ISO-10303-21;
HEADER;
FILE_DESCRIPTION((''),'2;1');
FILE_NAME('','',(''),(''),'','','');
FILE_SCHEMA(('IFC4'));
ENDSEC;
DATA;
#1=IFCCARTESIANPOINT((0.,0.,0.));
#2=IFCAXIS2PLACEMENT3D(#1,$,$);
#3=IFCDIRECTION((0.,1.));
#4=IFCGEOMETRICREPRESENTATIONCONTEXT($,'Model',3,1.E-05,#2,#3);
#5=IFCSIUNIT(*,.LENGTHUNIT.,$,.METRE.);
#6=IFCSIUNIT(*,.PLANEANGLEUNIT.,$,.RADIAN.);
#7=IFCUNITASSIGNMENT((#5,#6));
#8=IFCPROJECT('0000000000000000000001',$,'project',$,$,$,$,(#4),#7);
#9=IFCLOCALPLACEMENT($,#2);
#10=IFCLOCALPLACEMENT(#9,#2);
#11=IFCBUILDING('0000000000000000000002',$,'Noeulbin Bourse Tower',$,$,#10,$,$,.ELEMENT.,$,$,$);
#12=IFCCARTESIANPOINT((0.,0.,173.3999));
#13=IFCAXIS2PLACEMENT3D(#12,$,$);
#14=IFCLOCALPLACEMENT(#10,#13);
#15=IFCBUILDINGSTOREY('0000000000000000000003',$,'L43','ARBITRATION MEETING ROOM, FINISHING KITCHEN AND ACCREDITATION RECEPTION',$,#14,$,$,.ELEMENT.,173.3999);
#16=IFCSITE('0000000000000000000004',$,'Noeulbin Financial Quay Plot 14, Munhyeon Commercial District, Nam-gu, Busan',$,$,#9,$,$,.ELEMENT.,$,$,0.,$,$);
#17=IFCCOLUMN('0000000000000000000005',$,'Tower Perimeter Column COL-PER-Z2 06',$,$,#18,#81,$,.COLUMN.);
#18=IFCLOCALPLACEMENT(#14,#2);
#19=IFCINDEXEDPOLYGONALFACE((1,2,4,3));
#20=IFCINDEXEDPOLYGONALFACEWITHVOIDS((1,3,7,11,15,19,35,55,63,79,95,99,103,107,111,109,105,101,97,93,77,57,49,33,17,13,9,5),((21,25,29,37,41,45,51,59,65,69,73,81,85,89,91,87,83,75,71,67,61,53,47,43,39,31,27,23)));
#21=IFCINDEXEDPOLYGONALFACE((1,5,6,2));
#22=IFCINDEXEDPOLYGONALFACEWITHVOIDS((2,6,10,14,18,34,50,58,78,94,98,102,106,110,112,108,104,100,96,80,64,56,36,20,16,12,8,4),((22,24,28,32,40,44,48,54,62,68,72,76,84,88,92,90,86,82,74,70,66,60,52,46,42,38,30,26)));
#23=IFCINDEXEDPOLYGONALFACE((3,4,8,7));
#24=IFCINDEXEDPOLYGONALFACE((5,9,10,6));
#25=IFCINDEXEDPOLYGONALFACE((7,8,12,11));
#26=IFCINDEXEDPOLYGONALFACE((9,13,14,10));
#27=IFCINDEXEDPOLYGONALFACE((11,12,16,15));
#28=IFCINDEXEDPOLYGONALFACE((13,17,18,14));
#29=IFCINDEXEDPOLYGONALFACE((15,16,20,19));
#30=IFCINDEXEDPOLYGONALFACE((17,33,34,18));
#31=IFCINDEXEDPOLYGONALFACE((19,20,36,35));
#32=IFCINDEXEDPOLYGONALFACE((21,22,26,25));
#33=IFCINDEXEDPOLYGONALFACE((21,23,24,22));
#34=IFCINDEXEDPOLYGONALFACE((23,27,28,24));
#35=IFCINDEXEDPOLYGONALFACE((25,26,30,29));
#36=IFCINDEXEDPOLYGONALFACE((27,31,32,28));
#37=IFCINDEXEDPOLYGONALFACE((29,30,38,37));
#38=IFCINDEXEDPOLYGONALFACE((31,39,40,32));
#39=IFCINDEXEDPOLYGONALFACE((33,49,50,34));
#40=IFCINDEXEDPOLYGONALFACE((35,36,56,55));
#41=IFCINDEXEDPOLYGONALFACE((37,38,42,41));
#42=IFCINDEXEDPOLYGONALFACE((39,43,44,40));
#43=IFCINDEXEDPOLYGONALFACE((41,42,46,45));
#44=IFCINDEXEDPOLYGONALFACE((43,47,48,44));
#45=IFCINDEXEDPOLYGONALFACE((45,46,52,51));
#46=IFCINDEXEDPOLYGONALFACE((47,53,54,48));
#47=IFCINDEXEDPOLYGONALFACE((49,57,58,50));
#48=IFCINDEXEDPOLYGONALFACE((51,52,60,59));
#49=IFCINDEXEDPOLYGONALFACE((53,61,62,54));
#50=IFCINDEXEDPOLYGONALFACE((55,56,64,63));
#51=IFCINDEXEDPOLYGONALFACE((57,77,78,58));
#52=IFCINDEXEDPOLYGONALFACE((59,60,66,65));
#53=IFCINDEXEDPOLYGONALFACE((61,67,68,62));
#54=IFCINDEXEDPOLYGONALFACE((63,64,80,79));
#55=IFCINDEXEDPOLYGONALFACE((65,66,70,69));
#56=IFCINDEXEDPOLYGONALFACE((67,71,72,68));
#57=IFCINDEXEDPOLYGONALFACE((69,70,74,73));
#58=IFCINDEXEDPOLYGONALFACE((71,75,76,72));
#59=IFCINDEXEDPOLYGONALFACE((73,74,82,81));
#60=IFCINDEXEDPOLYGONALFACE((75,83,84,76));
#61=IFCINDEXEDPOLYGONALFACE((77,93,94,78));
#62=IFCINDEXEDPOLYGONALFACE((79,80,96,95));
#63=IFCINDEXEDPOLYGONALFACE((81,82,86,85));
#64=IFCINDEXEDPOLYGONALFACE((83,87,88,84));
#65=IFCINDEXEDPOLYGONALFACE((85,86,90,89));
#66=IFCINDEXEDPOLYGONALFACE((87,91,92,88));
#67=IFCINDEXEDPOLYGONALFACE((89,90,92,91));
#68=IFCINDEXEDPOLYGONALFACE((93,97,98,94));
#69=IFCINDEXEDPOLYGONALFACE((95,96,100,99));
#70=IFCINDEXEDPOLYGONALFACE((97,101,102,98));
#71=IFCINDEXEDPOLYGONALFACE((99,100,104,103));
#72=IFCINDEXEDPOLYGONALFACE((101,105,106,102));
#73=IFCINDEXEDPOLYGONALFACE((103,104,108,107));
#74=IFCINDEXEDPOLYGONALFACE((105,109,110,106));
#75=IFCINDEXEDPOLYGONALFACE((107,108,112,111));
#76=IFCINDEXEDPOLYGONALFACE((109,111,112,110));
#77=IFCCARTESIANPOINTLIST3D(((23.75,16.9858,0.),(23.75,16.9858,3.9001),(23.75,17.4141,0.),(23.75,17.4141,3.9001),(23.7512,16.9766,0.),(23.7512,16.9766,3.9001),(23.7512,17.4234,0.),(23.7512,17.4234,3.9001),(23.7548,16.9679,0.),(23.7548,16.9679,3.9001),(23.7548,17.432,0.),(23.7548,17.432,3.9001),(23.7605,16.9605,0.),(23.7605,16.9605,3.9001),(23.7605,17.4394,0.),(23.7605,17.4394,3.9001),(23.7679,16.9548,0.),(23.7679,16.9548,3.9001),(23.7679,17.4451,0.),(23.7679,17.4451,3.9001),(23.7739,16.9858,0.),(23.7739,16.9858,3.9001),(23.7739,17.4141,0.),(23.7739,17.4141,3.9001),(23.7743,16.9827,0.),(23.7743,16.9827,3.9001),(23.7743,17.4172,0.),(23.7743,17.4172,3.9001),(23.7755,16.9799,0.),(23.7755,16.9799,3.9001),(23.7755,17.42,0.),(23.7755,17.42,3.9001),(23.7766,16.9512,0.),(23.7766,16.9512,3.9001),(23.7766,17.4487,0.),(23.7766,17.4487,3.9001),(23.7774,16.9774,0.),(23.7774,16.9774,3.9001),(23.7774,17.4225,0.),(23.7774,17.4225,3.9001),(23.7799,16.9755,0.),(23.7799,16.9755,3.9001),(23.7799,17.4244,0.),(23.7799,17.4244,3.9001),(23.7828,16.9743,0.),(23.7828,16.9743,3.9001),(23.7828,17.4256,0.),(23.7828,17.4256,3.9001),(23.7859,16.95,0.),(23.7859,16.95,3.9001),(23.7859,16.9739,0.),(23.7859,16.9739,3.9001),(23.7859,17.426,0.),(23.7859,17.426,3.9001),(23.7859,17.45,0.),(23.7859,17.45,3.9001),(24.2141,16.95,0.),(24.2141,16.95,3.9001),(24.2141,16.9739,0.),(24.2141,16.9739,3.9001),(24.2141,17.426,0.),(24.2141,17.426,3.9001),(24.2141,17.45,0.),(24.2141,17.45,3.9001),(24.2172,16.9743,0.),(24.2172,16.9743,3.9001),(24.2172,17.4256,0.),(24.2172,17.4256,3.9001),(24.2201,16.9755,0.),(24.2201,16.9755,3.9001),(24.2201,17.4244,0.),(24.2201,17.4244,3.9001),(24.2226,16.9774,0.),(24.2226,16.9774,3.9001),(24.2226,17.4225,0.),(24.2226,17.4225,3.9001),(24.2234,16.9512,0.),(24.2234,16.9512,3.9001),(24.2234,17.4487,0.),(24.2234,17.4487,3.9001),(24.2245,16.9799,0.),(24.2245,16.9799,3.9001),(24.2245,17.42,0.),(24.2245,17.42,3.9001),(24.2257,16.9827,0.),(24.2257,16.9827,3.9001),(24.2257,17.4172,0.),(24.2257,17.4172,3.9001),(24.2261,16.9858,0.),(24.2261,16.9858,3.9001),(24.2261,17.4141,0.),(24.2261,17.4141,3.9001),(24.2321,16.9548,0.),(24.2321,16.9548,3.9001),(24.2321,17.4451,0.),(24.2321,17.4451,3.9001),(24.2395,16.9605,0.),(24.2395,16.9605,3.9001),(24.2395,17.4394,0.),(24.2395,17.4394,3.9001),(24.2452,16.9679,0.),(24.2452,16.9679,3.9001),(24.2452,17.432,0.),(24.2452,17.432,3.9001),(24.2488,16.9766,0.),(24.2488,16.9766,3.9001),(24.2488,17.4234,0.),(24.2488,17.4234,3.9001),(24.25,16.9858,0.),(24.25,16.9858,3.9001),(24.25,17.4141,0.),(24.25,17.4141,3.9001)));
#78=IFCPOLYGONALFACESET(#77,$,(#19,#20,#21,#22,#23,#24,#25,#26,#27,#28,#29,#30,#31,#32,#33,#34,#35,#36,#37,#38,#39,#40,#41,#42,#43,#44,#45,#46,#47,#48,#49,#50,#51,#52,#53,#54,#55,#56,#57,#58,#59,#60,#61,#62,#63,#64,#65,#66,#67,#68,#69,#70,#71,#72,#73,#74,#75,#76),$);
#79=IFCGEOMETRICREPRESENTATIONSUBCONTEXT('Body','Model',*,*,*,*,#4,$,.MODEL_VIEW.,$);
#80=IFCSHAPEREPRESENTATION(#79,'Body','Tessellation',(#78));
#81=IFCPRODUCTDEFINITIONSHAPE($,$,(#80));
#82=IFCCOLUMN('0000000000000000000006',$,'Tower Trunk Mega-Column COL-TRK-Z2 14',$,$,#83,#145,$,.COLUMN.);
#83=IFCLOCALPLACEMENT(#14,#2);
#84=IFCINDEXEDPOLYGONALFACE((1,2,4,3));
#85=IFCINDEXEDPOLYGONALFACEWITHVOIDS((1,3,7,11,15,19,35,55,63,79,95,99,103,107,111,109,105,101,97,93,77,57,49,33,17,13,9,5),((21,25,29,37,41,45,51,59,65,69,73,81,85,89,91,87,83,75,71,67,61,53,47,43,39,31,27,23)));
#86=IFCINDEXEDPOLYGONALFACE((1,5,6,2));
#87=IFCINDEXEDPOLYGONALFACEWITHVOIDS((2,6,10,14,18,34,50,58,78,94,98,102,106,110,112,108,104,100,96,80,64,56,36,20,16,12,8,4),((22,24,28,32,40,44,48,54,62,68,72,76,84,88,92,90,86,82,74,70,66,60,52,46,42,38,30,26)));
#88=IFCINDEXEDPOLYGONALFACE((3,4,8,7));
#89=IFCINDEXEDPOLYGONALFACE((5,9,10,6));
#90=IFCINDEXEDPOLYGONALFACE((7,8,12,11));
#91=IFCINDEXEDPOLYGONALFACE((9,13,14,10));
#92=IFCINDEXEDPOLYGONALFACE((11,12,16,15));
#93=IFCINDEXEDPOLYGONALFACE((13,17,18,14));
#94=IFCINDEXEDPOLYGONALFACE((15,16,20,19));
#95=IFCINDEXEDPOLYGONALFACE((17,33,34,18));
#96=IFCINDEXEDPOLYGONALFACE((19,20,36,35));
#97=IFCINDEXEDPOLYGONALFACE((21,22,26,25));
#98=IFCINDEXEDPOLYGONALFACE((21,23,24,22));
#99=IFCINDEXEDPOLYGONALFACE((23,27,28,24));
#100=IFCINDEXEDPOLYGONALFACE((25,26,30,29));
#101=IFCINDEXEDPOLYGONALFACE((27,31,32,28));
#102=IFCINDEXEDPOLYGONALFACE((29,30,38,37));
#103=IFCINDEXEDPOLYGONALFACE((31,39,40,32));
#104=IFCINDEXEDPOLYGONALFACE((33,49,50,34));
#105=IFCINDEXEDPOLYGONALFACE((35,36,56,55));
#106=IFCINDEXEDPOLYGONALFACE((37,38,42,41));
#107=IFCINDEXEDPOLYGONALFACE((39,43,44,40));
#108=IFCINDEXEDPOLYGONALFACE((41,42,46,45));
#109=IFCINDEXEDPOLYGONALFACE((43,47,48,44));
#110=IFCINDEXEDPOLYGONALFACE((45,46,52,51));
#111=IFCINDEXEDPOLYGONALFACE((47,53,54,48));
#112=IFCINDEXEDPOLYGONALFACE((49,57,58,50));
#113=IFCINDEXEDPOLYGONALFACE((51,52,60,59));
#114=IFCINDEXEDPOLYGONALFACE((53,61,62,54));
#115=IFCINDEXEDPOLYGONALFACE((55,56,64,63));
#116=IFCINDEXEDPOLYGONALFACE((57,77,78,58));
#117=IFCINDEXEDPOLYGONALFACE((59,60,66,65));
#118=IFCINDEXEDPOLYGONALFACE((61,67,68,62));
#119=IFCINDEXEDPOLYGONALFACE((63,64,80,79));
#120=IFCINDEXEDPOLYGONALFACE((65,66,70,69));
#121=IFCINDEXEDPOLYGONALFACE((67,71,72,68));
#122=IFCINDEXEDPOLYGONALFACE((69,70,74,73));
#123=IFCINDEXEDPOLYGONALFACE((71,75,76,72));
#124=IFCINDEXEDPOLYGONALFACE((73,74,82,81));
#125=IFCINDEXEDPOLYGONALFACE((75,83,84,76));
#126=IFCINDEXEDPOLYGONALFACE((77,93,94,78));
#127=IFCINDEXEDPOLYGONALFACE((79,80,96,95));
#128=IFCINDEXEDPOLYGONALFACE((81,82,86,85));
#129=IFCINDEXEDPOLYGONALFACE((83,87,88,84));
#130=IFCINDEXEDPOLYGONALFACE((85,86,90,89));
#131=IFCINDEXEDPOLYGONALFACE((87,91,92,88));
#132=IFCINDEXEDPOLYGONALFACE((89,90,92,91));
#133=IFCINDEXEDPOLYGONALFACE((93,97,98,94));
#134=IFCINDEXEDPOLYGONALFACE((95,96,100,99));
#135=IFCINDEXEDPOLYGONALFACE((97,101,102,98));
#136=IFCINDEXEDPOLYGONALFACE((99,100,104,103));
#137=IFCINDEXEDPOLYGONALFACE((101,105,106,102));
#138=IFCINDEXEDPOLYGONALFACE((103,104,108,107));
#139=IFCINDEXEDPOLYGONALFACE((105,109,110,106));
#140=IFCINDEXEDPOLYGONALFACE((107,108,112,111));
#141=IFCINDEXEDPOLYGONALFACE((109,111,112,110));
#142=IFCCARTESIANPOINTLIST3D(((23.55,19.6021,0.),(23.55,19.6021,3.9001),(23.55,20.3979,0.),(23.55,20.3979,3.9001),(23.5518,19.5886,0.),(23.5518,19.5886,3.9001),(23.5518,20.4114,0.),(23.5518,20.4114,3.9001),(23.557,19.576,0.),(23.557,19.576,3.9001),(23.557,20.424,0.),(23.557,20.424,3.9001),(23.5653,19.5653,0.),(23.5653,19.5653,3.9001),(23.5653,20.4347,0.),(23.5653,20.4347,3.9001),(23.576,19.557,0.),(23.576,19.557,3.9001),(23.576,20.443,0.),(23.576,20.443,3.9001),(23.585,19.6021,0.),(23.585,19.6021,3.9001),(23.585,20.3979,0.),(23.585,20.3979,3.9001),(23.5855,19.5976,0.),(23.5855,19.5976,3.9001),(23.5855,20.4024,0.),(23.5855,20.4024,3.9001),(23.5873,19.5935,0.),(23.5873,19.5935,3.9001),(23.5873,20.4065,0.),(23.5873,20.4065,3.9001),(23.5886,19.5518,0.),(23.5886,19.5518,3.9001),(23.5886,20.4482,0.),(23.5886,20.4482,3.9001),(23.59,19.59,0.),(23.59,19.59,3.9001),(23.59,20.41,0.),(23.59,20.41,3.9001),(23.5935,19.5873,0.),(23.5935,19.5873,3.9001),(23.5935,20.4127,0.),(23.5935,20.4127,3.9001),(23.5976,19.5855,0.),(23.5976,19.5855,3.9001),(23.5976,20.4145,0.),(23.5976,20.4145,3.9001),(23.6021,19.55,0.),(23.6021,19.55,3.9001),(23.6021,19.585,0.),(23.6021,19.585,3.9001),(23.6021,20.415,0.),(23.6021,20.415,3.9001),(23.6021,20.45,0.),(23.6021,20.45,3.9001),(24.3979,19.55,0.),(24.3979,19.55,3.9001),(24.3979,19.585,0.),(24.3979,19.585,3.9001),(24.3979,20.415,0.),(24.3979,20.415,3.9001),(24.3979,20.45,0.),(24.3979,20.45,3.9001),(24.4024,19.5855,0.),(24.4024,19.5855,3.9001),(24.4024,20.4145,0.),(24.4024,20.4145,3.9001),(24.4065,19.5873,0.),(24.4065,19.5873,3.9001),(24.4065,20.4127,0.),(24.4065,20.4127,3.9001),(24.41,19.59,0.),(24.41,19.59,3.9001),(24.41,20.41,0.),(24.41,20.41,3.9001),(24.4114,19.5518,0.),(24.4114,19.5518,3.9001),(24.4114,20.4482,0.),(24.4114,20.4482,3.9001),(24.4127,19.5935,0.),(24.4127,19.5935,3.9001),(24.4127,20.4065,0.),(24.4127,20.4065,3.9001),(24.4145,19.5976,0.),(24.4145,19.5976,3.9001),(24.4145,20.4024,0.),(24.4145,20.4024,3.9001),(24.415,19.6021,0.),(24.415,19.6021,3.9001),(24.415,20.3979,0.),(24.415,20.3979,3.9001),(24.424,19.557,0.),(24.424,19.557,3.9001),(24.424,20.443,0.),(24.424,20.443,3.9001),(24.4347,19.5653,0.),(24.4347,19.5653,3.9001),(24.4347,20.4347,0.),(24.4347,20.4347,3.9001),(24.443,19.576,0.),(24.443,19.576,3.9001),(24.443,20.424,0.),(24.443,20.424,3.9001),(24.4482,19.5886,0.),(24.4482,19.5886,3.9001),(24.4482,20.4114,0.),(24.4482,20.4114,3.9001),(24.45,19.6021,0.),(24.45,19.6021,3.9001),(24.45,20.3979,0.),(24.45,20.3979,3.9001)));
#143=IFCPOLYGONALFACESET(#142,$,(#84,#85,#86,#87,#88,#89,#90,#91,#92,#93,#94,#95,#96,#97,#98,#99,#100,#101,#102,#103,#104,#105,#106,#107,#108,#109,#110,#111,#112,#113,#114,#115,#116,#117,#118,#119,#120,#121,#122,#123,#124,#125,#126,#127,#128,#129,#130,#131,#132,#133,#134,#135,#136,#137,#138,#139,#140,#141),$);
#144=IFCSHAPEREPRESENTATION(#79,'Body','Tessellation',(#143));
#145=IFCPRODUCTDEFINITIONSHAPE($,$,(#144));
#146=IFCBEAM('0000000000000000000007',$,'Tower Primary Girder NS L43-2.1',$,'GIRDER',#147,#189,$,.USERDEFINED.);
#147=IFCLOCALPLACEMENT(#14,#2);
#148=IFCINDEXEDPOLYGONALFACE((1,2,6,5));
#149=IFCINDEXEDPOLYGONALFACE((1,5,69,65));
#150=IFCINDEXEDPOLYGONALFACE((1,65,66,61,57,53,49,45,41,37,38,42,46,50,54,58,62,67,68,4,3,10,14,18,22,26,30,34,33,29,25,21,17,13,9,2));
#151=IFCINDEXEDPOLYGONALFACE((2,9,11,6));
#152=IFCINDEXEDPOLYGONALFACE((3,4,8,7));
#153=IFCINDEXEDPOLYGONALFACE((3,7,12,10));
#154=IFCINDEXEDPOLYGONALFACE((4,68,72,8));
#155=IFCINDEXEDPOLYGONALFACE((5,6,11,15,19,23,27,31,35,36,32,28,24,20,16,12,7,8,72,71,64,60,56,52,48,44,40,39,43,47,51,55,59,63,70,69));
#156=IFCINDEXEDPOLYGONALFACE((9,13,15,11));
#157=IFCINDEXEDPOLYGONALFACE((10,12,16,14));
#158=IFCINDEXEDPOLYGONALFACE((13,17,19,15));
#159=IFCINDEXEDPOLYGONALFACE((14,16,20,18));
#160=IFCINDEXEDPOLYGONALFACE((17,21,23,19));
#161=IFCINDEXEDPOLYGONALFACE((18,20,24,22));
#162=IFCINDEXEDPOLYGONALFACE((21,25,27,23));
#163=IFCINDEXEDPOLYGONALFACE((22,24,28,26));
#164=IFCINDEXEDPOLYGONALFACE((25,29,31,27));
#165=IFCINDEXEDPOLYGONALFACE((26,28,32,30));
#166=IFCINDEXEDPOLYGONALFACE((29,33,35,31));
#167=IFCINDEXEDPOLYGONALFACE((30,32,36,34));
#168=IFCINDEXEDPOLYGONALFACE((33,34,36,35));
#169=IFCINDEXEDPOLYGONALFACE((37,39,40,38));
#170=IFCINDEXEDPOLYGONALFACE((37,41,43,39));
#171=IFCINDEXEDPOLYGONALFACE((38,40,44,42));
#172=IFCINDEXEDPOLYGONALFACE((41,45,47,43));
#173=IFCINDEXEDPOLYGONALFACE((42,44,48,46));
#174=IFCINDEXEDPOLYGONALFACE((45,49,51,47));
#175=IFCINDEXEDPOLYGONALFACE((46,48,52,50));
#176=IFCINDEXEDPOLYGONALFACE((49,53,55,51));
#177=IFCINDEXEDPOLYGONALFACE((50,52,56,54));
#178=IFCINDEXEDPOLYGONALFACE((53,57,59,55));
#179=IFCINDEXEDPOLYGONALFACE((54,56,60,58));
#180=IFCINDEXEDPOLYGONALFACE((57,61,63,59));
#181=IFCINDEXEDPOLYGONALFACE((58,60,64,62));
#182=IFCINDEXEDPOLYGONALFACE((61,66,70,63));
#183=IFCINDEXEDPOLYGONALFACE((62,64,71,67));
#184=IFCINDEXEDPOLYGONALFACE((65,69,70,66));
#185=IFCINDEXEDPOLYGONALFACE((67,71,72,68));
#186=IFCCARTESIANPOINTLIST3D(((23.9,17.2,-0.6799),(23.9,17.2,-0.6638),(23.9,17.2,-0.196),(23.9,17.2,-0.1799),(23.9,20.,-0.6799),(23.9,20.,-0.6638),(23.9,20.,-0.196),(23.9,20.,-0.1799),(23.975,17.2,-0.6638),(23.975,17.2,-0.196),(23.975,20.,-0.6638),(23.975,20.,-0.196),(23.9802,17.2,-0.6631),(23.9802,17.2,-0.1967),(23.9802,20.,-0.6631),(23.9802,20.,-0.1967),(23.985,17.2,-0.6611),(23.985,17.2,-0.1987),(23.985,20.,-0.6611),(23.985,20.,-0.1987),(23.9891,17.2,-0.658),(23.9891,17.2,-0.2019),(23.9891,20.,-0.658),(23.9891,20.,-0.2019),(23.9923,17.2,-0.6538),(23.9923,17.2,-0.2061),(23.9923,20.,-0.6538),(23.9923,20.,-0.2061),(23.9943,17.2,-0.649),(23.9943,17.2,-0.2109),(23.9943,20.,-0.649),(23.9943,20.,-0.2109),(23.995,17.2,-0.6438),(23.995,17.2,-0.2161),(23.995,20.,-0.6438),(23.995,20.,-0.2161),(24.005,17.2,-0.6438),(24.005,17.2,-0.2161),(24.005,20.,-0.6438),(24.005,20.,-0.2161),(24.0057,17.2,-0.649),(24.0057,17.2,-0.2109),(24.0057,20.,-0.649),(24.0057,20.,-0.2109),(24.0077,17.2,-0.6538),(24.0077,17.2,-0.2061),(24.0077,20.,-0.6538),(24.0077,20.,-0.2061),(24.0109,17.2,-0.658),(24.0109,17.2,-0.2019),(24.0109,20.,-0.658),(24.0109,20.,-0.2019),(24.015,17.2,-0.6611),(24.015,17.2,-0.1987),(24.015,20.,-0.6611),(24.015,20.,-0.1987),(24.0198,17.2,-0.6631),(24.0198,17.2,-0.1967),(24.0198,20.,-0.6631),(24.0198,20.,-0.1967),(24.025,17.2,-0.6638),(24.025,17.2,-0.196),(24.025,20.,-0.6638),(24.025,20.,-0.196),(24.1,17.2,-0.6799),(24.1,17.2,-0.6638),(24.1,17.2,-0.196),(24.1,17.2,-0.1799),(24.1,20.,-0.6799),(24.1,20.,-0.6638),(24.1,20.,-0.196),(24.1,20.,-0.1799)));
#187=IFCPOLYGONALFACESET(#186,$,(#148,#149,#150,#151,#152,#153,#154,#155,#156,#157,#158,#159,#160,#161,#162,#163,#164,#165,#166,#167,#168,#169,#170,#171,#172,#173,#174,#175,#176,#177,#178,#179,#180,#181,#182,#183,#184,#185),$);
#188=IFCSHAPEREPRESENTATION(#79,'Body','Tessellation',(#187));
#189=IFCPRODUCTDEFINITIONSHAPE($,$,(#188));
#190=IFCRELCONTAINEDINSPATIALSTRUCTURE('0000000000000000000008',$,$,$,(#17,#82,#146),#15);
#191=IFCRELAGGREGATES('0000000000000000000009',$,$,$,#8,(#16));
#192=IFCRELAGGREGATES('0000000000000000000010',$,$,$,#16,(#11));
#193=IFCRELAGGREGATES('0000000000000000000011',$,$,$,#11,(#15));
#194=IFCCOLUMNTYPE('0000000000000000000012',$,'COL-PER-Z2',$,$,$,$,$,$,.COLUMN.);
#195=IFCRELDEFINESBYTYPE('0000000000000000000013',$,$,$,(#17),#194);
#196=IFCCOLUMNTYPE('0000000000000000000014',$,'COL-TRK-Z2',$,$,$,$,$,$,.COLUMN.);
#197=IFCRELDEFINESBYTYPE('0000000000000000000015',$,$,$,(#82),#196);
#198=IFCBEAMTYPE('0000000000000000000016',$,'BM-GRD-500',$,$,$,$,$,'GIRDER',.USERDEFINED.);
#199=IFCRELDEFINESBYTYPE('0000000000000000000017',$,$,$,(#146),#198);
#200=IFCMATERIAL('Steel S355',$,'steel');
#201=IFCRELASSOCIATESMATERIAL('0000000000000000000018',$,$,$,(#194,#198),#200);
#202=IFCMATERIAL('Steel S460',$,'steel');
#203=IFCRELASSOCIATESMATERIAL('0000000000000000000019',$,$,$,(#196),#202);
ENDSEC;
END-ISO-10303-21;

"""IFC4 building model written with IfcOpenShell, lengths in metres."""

from ifc_helpers import new_model, si_unit, direction, frame, origin, origin_2d, place, context, subcontext, project, spatial, hollow_rectangle, i_section, extrude, material, material_profile, profile_set, type_object, element, save


model = new_model("IFC4")

# Units and contexts
model_context = context("Model", 3, precision=1e-05, world=origin(), true_north=direction((0.0, 1.0)))
body_context = subcontext(model_context, "Body", "Model", "MODEL_VIEW")
ifc_project = project(units=[si_unit("LENGTHUNIT", "METRE"), si_unit("PLANEANGLEUNIT", "RADIAN")], contexts=[model_context])

# Site, building, storey
site_placement = place(None, origin())
site = spatial("IfcSite", under=ifc_project, at=site_placement, Name="Noeulbin Financial Quay Plot 14, Munhyeon Commercial District, Nam-gu, Busan", CompositionType="ELEMENT", RefElevation=0.0)
building_placement = place(site_placement, origin())
building = spatial("IfcBuilding", under=site, at=building_placement, Name="Noeulbin Bourse Tower", CompositionType="ELEMENT")
storey_placement = place(building_placement, frame((0.0, 0.0, 173.3999)))
storey = spatial("IfcBuildingStorey", under=building, at=storey_placement, Name="L43", Description="ARBITRATION MEETING ROOM, FINISHING KITCHEN AND ACCREDITATION RECEPTION", CompositionType="ELEMENT", Elevation=173.3999)

# Columns
ifc_material_1 = material(Name="Steel S355", Category="steel")
ifc_material_profile_1 = material_profile(ifc_material_1, hollow_rectangle(XDim=0.5, YDim=0.5, WallThickness=0.0239, InnerFilletRadius=0.012, OuterFilletRadius=0.0359, at=origin_2d()), Name="BOX-500x500x24", Category="LoadBearing")
ifc_profile_set_1 = profile_set([ifc_material_profile_1], Name="Steel S355")
column_type_1 = type_object("IfcColumnType", Name="COL-PER-Z2", PredefinedType="COLUMN", material=ifc_profile_set_1)
column_1_placement = place(storey_placement, frame((24.0, 17.2, 0.0), z_axis=(0.0, 0.0, 1.0), x_axis=(1.0, 0.0, 0.0)))
element("IfcColumn", 1, at=column_1_placement, inside=storey, type_object=column_type_1, Name="Tower Perimeter Column COL-PER-Z2 06", PredefinedType="COLUMN", context=body_context, shape_type="SweptSolid", body=[
    extrude(hollow_rectangle(XDim=0.5, YDim=0.5, WallThickness=0.0239, InnerFilletRadius=0.012, OuterFilletRadius=0.0359, at=origin_2d()), origin(), (0.0, 0.0, 1.0), 3.9001),
])
ifc_material_2 = material(Name="Steel S460", Category="steel")
ifc_material_profile_2 = material_profile(ifc_material_2, hollow_rectangle(XDim=0.8999, YDim=0.8999, WallThickness=0.0349, InnerFilletRadius=0.0171, OuterFilletRadius=0.052, at=origin_2d()), Name="BOX-900x900x35", Category="LoadBearing")
ifc_profile_set_2 = profile_set([ifc_material_profile_2], Name="Steel S460")
column_type_2 = type_object("IfcColumnType", Name="COL-TRK-Z2", PredefinedType="COLUMN", material=ifc_profile_set_2)
column_2_placement = place(storey_placement, frame((24.0, 20.0, 0.0), z_axis=(0.0, 0.0, 1.0), x_axis=(1.0, 0.0, 0.0)))
element("IfcColumn", 2, at=column_2_placement, inside=storey, type_object=column_type_2, Name="Tower Trunk Mega-Column COL-TRK-Z2 14", PredefinedType="COLUMN", context=body_context, shape_type="SweptSolid", body=[
    extrude(hollow_rectangle(XDim=0.8999, YDim=0.8999, WallThickness=0.0349, InnerFilletRadius=0.0171, OuterFilletRadius=0.052, at=origin_2d()), origin(), (0.0, 0.0, 1.0), 3.9001),
])

# Beam
ifc_material_profile_3 = material_profile(ifc_material_1, i_section(OverallWidth=0.2, OverallDepth=0.5, WebThickness=0.01, FlangeThickness=0.0161, FilletRadius=0.02, at=origin_2d()), Name="H-500x200x10x16", Category="LoadBearing")
ifc_profile_set_3 = profile_set([ifc_material_profile_3], Name="Steel S355")
beam_type_1 = type_object("IfcBeamType", Name="BM-GRD-500", ElementType="GIRDER", PredefinedType="USERDEFINED", material=ifc_profile_set_3)
beam_1_placement = place(storey_placement, frame((24.0, 17.2, -0.4299), z_axis=(0.0, 1.0, 0.0), x_axis=(-1.0, 0.0, 0.0)))
element("IfcBeam", 3, at=beam_1_placement, inside=storey, type_object=beam_type_1, Name="Tower Primary Girder NS L43-2.1", ObjectType="GIRDER", PredefinedType="USERDEFINED", context=body_context, shape_type="SweptSolid", body=[
    extrude(i_section(OverallWidth=0.2, OverallDepth=0.5, WebThickness=0.01, FlangeThickness=0.0161, FilletRadius=0.02, at=origin_2d()), origin(), (0.0, 0.0, 1.0), 2.8),
])

save(model, "model.ifc")
